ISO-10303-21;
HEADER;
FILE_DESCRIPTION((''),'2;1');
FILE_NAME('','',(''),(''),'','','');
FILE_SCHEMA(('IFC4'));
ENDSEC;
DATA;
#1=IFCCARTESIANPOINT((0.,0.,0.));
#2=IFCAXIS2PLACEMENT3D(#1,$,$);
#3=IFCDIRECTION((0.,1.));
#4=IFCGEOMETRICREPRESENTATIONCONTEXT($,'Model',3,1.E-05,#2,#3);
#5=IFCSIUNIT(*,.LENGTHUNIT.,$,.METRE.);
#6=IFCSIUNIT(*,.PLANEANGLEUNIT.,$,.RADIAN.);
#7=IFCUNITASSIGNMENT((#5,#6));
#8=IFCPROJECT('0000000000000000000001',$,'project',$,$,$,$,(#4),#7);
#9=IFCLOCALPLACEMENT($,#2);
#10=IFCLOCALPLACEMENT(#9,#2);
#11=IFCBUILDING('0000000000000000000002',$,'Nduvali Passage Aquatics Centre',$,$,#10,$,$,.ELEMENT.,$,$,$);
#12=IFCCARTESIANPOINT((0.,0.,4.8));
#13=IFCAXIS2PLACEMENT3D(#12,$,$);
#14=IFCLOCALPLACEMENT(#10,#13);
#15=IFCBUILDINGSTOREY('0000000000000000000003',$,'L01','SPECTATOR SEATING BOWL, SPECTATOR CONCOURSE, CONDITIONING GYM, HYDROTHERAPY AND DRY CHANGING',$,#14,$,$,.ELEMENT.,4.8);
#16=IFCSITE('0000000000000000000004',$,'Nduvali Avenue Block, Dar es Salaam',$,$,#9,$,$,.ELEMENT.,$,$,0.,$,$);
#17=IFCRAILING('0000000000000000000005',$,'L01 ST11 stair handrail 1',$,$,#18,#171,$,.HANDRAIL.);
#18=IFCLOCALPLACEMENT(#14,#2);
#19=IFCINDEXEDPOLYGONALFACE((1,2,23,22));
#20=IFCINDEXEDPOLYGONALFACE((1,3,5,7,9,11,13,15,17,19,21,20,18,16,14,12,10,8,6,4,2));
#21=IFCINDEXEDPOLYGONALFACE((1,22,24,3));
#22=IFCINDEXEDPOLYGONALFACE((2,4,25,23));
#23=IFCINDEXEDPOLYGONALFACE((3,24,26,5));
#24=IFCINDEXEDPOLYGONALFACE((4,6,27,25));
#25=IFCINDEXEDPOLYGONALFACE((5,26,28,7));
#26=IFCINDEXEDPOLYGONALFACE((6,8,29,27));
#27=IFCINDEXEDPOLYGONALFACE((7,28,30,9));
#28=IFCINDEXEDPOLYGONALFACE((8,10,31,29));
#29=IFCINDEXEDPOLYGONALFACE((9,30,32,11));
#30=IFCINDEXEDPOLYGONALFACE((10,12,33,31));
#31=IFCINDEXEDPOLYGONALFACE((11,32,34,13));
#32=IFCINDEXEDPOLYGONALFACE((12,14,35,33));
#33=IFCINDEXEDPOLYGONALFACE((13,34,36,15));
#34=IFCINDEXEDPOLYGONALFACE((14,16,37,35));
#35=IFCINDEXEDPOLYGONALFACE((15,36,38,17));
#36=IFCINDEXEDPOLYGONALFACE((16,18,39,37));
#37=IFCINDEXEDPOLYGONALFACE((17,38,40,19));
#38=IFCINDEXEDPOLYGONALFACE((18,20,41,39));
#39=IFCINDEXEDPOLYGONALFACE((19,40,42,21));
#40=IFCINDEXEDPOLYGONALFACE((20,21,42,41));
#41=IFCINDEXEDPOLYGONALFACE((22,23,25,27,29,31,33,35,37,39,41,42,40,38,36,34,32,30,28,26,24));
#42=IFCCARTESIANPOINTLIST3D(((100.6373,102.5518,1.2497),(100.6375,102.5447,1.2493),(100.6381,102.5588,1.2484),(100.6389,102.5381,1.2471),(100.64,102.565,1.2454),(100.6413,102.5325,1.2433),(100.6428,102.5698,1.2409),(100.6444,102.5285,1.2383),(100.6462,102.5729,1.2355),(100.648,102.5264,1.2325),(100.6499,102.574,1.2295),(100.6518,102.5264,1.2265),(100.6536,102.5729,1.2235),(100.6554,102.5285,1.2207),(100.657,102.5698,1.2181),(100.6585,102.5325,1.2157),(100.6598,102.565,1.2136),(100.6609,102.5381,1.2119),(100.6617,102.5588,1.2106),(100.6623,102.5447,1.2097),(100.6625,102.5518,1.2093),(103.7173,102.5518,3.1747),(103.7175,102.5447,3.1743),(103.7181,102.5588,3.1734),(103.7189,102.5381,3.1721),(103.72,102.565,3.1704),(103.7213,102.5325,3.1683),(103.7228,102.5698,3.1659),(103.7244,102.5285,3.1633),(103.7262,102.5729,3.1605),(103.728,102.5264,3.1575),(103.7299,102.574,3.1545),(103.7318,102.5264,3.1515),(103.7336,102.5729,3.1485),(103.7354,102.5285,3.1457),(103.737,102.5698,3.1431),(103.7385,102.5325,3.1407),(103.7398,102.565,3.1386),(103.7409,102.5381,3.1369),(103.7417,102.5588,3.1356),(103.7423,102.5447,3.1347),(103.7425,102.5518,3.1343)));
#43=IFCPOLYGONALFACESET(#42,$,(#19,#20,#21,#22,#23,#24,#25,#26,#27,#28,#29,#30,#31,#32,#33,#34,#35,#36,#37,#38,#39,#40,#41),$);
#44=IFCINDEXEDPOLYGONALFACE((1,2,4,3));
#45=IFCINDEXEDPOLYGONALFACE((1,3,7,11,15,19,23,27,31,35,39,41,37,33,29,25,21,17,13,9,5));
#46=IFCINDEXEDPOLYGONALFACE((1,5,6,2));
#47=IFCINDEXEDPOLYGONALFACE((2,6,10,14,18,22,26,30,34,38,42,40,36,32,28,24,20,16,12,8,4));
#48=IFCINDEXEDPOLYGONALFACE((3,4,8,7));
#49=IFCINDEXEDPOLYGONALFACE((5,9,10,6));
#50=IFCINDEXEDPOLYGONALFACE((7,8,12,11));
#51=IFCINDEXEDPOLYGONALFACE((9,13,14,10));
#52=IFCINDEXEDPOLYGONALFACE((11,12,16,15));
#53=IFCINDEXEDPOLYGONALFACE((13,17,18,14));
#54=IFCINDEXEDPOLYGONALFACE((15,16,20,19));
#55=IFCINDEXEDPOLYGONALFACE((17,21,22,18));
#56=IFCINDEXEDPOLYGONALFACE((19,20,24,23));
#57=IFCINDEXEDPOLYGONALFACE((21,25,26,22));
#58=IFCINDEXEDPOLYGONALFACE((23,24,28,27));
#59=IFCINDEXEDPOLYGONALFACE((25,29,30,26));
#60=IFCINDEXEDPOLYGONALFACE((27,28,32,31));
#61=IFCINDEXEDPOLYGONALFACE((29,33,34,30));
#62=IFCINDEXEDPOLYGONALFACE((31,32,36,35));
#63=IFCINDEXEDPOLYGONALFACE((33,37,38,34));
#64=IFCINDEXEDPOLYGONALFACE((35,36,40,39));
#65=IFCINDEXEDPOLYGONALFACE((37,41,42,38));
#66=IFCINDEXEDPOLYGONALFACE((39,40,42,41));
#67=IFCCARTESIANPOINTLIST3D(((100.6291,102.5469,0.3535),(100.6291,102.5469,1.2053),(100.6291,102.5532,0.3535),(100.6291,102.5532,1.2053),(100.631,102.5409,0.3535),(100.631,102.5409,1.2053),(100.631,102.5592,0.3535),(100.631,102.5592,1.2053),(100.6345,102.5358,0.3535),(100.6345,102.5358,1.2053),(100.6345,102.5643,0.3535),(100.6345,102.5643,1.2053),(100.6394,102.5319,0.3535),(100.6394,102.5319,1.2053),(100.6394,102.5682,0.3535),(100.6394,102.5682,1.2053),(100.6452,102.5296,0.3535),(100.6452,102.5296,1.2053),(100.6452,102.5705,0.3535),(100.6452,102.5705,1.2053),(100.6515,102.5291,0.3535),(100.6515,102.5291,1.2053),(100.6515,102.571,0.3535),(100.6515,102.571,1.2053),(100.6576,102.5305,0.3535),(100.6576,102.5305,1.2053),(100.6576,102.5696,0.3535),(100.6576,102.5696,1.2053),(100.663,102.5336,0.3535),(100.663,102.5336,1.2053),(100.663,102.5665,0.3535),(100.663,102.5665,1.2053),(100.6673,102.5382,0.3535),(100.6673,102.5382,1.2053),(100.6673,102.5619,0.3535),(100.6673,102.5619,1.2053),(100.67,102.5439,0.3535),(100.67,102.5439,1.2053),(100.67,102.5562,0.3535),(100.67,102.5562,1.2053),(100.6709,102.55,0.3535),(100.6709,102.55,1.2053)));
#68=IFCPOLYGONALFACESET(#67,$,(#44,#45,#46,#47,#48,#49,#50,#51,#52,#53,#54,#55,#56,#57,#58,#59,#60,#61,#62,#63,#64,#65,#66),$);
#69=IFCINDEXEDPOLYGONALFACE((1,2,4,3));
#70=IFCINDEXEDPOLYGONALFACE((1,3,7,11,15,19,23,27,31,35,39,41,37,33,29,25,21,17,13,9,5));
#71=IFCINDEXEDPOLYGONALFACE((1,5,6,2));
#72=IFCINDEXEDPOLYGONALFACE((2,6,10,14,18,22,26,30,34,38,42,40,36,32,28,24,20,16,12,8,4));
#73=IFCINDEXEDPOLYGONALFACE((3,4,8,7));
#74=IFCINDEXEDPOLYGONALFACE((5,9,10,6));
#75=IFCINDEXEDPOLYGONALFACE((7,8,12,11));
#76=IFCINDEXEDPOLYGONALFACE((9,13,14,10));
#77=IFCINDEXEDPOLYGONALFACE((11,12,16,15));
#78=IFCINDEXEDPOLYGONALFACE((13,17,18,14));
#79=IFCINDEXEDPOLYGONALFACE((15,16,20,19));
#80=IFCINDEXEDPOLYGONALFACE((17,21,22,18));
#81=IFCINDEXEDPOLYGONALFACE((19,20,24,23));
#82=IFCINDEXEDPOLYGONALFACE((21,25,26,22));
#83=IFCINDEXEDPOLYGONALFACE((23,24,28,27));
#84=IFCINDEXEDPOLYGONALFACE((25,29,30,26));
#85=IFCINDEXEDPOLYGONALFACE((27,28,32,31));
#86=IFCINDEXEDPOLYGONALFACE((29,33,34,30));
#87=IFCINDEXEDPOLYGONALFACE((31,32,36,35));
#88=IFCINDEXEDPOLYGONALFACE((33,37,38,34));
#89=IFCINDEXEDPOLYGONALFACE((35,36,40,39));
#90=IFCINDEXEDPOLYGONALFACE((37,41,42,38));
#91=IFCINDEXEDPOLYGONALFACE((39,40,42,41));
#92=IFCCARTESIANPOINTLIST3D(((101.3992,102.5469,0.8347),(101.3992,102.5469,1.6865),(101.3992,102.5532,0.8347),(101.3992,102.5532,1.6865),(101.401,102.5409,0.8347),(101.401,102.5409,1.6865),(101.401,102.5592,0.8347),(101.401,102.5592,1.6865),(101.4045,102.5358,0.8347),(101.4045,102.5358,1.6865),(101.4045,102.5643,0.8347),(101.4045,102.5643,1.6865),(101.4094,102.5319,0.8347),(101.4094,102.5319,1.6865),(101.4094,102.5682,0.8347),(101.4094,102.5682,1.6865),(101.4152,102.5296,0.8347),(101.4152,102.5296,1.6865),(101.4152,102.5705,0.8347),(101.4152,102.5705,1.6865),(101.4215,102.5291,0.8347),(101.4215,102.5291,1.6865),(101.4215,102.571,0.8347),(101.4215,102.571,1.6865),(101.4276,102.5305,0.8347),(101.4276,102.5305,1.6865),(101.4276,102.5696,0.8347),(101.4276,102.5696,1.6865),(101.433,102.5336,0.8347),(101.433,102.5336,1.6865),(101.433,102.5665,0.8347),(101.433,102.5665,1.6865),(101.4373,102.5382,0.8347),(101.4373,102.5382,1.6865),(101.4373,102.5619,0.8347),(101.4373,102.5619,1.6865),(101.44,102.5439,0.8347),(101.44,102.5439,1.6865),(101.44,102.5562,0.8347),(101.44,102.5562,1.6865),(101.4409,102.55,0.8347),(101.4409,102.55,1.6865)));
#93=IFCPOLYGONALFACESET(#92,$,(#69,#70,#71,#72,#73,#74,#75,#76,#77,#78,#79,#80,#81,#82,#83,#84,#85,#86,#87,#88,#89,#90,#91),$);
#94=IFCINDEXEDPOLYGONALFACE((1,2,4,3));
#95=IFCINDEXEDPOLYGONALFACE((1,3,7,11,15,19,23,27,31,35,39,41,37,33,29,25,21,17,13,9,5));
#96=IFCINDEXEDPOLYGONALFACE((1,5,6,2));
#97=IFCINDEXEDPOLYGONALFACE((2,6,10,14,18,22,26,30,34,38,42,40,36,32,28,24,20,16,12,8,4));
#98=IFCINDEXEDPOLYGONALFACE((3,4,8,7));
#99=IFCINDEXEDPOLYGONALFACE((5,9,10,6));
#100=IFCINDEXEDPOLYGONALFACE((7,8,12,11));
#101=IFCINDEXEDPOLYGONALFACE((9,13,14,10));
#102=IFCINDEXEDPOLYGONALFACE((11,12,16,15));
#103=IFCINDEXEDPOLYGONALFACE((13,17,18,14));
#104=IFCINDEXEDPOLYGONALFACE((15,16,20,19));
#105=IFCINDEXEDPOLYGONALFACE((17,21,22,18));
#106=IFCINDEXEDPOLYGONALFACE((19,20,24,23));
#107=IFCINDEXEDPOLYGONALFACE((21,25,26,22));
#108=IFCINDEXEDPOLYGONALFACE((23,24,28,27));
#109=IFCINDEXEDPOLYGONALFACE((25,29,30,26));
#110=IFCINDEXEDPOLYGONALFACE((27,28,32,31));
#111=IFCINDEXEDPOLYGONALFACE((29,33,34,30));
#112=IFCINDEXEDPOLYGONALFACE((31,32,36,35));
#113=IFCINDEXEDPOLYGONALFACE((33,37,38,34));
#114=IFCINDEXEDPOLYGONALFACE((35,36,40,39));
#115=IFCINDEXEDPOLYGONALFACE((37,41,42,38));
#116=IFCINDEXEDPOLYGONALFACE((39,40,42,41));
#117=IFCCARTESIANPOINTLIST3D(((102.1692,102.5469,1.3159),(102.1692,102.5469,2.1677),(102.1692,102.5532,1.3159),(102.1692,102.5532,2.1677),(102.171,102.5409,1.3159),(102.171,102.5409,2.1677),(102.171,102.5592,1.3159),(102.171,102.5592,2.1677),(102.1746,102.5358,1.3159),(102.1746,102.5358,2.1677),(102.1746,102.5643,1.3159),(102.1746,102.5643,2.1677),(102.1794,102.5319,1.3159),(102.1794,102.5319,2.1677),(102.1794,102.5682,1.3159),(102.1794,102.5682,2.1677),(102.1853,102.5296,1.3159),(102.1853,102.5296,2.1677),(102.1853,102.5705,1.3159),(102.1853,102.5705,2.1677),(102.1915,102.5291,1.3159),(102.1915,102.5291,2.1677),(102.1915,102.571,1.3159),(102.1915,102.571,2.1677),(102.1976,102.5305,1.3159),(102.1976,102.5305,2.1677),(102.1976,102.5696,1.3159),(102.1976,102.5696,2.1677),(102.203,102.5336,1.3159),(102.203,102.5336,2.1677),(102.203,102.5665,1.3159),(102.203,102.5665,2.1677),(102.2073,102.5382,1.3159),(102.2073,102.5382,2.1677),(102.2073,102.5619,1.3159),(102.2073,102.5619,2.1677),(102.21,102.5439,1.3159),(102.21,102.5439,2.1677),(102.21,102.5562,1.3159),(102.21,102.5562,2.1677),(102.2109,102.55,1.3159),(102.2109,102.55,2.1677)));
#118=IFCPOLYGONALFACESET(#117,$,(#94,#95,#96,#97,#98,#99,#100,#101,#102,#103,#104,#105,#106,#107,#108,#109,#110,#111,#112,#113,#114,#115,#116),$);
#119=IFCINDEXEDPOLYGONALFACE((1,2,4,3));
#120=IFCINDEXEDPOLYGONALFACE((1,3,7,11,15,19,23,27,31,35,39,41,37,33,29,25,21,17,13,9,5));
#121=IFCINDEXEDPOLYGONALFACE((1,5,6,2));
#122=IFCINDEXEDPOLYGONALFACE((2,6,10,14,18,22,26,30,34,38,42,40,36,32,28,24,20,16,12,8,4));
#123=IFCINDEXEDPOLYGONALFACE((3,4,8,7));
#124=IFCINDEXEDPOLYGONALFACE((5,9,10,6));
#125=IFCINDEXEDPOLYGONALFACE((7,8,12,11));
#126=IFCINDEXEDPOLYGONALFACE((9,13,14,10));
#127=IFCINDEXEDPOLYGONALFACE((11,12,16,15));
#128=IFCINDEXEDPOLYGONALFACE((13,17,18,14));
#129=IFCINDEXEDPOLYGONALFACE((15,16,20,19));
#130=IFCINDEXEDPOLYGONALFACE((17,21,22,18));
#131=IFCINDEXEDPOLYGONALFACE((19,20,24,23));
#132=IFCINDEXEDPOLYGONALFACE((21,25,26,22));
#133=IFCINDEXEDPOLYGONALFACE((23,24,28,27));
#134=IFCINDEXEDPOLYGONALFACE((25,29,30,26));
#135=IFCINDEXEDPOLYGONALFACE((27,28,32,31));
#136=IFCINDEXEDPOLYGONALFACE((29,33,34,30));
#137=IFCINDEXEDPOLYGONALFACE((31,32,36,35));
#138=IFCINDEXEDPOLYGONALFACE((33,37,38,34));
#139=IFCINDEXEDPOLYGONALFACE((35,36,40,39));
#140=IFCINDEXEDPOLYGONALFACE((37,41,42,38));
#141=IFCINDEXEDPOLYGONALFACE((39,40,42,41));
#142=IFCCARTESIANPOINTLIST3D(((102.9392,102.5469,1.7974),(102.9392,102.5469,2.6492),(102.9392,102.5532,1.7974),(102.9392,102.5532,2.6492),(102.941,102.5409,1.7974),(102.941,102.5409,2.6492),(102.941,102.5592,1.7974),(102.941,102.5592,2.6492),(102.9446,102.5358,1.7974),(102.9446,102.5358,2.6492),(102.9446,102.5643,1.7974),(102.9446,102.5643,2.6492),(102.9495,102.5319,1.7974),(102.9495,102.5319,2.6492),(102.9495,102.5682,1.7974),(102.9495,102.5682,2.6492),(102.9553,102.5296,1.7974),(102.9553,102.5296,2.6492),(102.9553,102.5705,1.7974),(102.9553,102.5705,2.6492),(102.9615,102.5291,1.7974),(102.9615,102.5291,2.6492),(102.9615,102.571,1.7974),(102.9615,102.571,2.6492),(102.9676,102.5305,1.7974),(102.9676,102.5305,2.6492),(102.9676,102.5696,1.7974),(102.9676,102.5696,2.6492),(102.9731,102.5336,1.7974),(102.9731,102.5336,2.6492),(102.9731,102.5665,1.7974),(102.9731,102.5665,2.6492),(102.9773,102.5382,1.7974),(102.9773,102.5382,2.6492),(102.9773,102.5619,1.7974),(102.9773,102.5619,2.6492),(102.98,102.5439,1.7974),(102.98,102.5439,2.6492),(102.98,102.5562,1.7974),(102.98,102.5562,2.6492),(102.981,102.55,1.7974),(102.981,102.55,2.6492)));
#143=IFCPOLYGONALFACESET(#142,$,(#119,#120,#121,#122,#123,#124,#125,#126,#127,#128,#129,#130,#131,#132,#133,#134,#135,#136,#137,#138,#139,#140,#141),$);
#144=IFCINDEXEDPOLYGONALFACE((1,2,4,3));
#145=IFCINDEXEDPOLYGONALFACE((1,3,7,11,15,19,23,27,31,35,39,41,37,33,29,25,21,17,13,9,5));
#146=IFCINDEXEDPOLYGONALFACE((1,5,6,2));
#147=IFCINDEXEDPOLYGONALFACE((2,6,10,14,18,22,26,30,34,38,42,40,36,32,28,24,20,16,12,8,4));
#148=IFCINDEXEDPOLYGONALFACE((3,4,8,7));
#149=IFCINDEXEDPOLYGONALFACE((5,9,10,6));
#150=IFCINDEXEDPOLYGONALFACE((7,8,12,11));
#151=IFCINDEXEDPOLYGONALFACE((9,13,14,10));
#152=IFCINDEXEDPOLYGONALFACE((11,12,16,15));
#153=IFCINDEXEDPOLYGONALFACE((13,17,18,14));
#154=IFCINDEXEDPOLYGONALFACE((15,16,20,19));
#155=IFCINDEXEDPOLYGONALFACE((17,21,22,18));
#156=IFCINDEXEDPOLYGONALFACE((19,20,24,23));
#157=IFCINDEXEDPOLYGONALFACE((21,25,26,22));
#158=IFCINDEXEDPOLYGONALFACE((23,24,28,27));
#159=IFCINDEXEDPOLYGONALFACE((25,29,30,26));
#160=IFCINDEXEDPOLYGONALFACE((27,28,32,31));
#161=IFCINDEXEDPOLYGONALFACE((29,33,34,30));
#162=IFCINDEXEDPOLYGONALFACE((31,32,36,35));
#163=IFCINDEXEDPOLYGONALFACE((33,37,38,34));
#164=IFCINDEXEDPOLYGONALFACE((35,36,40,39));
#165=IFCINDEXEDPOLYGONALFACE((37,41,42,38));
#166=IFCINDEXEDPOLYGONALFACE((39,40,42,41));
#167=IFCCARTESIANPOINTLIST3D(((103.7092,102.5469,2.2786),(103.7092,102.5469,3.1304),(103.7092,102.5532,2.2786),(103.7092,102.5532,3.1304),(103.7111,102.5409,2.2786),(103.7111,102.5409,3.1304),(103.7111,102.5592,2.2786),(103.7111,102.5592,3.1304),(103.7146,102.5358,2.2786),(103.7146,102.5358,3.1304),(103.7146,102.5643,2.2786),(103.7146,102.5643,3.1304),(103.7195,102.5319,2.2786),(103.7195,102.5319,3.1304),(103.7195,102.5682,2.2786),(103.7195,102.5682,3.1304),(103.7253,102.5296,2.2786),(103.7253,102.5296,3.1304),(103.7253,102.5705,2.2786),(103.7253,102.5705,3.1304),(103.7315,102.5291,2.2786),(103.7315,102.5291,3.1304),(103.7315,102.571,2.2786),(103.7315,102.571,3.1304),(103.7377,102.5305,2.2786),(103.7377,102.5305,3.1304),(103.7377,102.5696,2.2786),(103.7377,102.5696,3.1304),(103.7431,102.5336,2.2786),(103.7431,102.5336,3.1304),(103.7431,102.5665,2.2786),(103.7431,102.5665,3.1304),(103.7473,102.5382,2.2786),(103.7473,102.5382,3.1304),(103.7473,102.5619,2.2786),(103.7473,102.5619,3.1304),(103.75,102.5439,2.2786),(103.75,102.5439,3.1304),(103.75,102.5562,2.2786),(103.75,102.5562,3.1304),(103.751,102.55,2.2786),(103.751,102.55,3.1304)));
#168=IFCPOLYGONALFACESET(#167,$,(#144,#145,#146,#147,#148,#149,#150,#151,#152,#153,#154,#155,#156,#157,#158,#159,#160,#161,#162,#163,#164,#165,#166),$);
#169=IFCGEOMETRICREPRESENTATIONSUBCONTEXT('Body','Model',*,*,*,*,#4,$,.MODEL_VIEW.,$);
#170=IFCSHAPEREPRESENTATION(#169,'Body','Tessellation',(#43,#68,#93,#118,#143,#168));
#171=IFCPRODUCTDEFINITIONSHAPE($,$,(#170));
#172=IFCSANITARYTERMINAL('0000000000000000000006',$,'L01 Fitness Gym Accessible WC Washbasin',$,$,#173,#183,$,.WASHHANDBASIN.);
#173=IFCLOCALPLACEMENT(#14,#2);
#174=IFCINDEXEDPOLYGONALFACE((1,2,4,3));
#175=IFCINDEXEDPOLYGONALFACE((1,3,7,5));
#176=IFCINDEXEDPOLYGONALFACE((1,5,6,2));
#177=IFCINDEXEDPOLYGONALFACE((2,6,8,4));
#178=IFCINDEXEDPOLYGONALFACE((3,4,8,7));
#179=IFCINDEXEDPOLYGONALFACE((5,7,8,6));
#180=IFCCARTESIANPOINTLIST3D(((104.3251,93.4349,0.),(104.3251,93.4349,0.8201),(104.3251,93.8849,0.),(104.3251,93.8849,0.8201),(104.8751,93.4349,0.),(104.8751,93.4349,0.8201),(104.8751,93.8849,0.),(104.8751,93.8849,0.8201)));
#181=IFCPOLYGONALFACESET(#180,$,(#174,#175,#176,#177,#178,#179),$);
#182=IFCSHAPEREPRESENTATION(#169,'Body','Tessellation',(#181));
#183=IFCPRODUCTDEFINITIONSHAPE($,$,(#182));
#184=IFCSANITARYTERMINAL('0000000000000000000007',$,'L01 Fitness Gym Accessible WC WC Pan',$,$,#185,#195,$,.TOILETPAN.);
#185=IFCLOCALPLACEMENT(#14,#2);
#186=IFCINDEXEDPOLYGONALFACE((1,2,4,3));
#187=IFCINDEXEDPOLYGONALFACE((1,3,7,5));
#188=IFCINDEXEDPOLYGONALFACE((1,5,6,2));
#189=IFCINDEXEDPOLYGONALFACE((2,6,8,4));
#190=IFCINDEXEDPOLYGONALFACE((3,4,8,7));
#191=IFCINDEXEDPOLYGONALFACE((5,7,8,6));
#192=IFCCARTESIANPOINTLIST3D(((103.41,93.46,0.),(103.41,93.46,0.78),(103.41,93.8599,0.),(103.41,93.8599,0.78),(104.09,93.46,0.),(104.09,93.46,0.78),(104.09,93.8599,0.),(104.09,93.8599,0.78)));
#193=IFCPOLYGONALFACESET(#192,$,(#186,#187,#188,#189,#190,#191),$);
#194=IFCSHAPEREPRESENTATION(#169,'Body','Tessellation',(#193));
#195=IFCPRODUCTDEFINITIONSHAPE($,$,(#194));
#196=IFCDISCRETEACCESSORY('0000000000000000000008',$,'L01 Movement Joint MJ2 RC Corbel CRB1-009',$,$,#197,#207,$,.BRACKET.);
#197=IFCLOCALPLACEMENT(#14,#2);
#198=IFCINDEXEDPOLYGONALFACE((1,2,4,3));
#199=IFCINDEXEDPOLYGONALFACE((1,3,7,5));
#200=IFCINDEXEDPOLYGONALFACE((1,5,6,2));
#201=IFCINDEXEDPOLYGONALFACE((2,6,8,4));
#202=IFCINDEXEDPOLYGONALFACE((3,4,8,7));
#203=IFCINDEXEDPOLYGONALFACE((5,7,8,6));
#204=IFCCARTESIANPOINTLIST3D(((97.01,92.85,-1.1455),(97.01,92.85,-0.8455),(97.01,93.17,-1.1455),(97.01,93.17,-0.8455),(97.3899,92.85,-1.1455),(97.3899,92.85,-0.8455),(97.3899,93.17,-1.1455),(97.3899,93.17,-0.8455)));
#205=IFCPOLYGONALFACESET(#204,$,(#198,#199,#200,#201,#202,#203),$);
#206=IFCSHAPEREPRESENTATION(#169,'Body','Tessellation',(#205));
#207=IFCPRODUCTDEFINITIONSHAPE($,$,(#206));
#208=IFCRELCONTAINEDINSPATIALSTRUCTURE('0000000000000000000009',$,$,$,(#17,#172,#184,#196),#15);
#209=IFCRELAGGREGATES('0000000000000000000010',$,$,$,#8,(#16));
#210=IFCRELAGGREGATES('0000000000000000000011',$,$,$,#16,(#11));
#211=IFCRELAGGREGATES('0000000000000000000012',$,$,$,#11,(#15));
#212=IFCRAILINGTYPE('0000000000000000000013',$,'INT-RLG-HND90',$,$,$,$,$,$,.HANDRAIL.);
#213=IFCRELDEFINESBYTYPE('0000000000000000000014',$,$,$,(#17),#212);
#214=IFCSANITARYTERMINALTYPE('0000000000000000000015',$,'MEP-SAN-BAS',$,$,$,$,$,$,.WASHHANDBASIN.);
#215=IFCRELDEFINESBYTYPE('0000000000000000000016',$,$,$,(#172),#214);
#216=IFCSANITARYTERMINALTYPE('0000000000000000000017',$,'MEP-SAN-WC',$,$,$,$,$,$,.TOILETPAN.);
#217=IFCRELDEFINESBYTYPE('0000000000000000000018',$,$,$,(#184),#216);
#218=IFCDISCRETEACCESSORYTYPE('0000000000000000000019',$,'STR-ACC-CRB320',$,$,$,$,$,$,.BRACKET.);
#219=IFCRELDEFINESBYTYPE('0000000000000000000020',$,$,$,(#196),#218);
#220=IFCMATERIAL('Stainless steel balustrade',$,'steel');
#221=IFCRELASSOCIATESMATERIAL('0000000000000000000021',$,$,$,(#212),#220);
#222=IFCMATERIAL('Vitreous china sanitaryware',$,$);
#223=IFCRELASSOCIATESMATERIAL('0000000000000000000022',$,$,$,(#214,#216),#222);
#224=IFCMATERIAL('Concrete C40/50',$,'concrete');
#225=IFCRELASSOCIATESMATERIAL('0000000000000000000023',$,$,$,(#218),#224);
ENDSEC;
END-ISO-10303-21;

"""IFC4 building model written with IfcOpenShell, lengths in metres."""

from ifc_helpers import new_model, si_unit, direction, frame, origin, origin_2d, place, context, subcontext, project, spatial, rectangle, circle, extrude, material, type_object, element, save


model = new_model("IFC4")

# Units and contexts
model_context = context("Model", 3, precision=1e-05, world=origin(), true_north=direction((0.0, 1.0)))
body_context = subcontext(model_context, "Body", "Model", "MODEL_VIEW")
ifc_project = project(units=[si_unit("LENGTHUNIT", "METRE"), si_unit("PLANEANGLEUNIT", "RADIAN")], contexts=[model_context])

# Site, building, storey
site_placement = place(None, origin())
site = spatial("IfcSite", under=ifc_project, at=site_placement, Name="Nduvali Avenue Block, Dar es Salaam", CompositionType="ELEMENT", RefElevation=0.0)
building_placement = place(site_placement, origin())
building = spatial("IfcBuilding", under=site, at=building_placement, Name="Nduvali Passage Aquatics Centre", CompositionType="ELEMENT")
storey_placement = place(building_placement, frame((0.0, 0.0, 4.8)))
storey = spatial("IfcBuildingStorey", under=building, at=storey_placement, Name="L01", Description="SPECTATOR SEATING BOWL, SPECTATOR CONCOURSE, CONDITIONING GYM, HYDROTHERAPY AND DRY CHANGING", CompositionType="ELEMENT", Elevation=4.8)

# Shared definitions
ifc_material_1 = material(Name="Concrete C40/50", Category="concrete")

# Railing
ifc_material_2 = material(Name="Stainless steel balustrade", Category="steel")
railing_type_1 = type_object("IfcRailingType", Name="INT-RLG-HND90", PredefinedType="HANDRAIL", material=ifc_material_2)
railing_1_placement = place(storey_placement, frame((100.6499, 102.55, 0.3535)))
element("IfcRailing", 1, at=railing_1_placement, inside=storey, type_object=railing_type_1, Name="L01 ST11 stair handrail 1", PredefinedType="HANDRAIL", context=body_context, shape_type="SweptSolid", body=[
    extrude(circle(Radius=0.0239, at=origin_2d()), frame((0.0, 0.0, 0.876), z_axis=(0.847998, 0.0, 0.529999), x_axis=(0.0, 1.0, 0.0)), (0.0, 0.0, 1.0), 3.6321),
    extrude(circle(Radius=0.021, at=origin_2d()), origin(), (0.0, 0.0, 1.0), 0.8518),
    extrude(circle(Radius=0.021, at=origin_2d()), frame((0.77, 0.0, 0.4812)), (0.0, 0.0, 1.0), 0.8518),
    extrude(circle(Radius=0.021, at=origin_2d()), frame((1.54, 0.0, 0.9624)), (0.0, 0.0, 1.0), 0.8518),
    extrude(circle(Radius=0.021, at=origin_2d()), frame((2.3101, 0.0, 1.4438)), (0.0, 0.0, 1.0), 0.8518),
    extrude(circle(Radius=0.021, at=origin_2d()), frame((3.0801, 0.0, 1.925)), (0.0, 0.0, 1.0), 0.8518),
])

# Sanitary terminals
ifc_material_3 = material(Name="Vitreous china sanitaryware")
sanitary_terminal_type_1 = type_object("IfcSanitaryTerminalType", Name="MEP-SAN-BAS", PredefinedType="WASHHANDBASIN", material=ifc_material_3)
sanitary_terminal_1_placement = place(storey_placement, frame((104.6001, 93.6599, 0.0), z_axis=(0.0, 0.0, 1.0), x_axis=(1.0, 0.0, 0.0)))
element("IfcSanitaryTerminal", 2, at=sanitary_terminal_1_placement, inside=storey, type_object=sanitary_terminal_type_1, Name="L01 Fitness Gym Accessible WC Washbasin", PredefinedType="WASHHANDBASIN", context=body_context, shape_type="SweptSolid", body=[
    extrude(rectangle(XDim=0.55, YDim=0.45, at=origin_2d()), origin(), (0.0, 0.0, 1.0), 0.8201),
])
sanitary_terminal_type_2 = type_object("IfcSanitaryTerminalType", Name="MEP-SAN-WC", PredefinedType="TOILETPAN", material=ifc_material_3)
sanitary_terminal_2_placement = place(storey_placement, frame((103.75, 93.6599, 0.0), z_axis=(0.0, 0.0, 1.0), x_axis=(1.0, 0.0, 0.0)))
element("IfcSanitaryTerminal", 3, at=sanitary_terminal_2_placement, inside=storey, type_object=sanitary_terminal_type_2, Name="L01 Fitness Gym Accessible WC WC Pan", PredefinedType="TOILETPAN", context=body_context, shape_type="SweptSolid", body=[
    extrude(rectangle(XDim=0.6799, YDim=0.3999, at=origin_2d()), origin(), (0.0, 0.0, 1.0), 0.78),
])

# Discrete accessory
discrete_accessory_type_1 = type_object("IfcDiscreteAccessoryType", Name="STR-ACC-CRB320", PredefinedType="BRACKET", material=ifc_material_1)
discrete_accessory_1_placement = place(storey_placement, frame((97.2, 93.01, -1.1455), z_axis=(0.0, 0.0, 1.0), x_axis=(0.0, 1.0, 0.0)))
element("IfcDiscreteAccessory", 4, at=discrete_accessory_1_placement, inside=storey, type_object=discrete_accessory_type_1, Name="L01 Movement Joint MJ2 RC Corbel CRB1-009", PredefinedType="BRACKET", context=body_context, shape_type="SweptSolid", body=[
    extrude(rectangle(XDim=0.3201, YDim=0.3799, at=origin_2d()), origin(), (0.0, 0.0, 1.0), 0.3),
])

save(model, "model.ifc")
